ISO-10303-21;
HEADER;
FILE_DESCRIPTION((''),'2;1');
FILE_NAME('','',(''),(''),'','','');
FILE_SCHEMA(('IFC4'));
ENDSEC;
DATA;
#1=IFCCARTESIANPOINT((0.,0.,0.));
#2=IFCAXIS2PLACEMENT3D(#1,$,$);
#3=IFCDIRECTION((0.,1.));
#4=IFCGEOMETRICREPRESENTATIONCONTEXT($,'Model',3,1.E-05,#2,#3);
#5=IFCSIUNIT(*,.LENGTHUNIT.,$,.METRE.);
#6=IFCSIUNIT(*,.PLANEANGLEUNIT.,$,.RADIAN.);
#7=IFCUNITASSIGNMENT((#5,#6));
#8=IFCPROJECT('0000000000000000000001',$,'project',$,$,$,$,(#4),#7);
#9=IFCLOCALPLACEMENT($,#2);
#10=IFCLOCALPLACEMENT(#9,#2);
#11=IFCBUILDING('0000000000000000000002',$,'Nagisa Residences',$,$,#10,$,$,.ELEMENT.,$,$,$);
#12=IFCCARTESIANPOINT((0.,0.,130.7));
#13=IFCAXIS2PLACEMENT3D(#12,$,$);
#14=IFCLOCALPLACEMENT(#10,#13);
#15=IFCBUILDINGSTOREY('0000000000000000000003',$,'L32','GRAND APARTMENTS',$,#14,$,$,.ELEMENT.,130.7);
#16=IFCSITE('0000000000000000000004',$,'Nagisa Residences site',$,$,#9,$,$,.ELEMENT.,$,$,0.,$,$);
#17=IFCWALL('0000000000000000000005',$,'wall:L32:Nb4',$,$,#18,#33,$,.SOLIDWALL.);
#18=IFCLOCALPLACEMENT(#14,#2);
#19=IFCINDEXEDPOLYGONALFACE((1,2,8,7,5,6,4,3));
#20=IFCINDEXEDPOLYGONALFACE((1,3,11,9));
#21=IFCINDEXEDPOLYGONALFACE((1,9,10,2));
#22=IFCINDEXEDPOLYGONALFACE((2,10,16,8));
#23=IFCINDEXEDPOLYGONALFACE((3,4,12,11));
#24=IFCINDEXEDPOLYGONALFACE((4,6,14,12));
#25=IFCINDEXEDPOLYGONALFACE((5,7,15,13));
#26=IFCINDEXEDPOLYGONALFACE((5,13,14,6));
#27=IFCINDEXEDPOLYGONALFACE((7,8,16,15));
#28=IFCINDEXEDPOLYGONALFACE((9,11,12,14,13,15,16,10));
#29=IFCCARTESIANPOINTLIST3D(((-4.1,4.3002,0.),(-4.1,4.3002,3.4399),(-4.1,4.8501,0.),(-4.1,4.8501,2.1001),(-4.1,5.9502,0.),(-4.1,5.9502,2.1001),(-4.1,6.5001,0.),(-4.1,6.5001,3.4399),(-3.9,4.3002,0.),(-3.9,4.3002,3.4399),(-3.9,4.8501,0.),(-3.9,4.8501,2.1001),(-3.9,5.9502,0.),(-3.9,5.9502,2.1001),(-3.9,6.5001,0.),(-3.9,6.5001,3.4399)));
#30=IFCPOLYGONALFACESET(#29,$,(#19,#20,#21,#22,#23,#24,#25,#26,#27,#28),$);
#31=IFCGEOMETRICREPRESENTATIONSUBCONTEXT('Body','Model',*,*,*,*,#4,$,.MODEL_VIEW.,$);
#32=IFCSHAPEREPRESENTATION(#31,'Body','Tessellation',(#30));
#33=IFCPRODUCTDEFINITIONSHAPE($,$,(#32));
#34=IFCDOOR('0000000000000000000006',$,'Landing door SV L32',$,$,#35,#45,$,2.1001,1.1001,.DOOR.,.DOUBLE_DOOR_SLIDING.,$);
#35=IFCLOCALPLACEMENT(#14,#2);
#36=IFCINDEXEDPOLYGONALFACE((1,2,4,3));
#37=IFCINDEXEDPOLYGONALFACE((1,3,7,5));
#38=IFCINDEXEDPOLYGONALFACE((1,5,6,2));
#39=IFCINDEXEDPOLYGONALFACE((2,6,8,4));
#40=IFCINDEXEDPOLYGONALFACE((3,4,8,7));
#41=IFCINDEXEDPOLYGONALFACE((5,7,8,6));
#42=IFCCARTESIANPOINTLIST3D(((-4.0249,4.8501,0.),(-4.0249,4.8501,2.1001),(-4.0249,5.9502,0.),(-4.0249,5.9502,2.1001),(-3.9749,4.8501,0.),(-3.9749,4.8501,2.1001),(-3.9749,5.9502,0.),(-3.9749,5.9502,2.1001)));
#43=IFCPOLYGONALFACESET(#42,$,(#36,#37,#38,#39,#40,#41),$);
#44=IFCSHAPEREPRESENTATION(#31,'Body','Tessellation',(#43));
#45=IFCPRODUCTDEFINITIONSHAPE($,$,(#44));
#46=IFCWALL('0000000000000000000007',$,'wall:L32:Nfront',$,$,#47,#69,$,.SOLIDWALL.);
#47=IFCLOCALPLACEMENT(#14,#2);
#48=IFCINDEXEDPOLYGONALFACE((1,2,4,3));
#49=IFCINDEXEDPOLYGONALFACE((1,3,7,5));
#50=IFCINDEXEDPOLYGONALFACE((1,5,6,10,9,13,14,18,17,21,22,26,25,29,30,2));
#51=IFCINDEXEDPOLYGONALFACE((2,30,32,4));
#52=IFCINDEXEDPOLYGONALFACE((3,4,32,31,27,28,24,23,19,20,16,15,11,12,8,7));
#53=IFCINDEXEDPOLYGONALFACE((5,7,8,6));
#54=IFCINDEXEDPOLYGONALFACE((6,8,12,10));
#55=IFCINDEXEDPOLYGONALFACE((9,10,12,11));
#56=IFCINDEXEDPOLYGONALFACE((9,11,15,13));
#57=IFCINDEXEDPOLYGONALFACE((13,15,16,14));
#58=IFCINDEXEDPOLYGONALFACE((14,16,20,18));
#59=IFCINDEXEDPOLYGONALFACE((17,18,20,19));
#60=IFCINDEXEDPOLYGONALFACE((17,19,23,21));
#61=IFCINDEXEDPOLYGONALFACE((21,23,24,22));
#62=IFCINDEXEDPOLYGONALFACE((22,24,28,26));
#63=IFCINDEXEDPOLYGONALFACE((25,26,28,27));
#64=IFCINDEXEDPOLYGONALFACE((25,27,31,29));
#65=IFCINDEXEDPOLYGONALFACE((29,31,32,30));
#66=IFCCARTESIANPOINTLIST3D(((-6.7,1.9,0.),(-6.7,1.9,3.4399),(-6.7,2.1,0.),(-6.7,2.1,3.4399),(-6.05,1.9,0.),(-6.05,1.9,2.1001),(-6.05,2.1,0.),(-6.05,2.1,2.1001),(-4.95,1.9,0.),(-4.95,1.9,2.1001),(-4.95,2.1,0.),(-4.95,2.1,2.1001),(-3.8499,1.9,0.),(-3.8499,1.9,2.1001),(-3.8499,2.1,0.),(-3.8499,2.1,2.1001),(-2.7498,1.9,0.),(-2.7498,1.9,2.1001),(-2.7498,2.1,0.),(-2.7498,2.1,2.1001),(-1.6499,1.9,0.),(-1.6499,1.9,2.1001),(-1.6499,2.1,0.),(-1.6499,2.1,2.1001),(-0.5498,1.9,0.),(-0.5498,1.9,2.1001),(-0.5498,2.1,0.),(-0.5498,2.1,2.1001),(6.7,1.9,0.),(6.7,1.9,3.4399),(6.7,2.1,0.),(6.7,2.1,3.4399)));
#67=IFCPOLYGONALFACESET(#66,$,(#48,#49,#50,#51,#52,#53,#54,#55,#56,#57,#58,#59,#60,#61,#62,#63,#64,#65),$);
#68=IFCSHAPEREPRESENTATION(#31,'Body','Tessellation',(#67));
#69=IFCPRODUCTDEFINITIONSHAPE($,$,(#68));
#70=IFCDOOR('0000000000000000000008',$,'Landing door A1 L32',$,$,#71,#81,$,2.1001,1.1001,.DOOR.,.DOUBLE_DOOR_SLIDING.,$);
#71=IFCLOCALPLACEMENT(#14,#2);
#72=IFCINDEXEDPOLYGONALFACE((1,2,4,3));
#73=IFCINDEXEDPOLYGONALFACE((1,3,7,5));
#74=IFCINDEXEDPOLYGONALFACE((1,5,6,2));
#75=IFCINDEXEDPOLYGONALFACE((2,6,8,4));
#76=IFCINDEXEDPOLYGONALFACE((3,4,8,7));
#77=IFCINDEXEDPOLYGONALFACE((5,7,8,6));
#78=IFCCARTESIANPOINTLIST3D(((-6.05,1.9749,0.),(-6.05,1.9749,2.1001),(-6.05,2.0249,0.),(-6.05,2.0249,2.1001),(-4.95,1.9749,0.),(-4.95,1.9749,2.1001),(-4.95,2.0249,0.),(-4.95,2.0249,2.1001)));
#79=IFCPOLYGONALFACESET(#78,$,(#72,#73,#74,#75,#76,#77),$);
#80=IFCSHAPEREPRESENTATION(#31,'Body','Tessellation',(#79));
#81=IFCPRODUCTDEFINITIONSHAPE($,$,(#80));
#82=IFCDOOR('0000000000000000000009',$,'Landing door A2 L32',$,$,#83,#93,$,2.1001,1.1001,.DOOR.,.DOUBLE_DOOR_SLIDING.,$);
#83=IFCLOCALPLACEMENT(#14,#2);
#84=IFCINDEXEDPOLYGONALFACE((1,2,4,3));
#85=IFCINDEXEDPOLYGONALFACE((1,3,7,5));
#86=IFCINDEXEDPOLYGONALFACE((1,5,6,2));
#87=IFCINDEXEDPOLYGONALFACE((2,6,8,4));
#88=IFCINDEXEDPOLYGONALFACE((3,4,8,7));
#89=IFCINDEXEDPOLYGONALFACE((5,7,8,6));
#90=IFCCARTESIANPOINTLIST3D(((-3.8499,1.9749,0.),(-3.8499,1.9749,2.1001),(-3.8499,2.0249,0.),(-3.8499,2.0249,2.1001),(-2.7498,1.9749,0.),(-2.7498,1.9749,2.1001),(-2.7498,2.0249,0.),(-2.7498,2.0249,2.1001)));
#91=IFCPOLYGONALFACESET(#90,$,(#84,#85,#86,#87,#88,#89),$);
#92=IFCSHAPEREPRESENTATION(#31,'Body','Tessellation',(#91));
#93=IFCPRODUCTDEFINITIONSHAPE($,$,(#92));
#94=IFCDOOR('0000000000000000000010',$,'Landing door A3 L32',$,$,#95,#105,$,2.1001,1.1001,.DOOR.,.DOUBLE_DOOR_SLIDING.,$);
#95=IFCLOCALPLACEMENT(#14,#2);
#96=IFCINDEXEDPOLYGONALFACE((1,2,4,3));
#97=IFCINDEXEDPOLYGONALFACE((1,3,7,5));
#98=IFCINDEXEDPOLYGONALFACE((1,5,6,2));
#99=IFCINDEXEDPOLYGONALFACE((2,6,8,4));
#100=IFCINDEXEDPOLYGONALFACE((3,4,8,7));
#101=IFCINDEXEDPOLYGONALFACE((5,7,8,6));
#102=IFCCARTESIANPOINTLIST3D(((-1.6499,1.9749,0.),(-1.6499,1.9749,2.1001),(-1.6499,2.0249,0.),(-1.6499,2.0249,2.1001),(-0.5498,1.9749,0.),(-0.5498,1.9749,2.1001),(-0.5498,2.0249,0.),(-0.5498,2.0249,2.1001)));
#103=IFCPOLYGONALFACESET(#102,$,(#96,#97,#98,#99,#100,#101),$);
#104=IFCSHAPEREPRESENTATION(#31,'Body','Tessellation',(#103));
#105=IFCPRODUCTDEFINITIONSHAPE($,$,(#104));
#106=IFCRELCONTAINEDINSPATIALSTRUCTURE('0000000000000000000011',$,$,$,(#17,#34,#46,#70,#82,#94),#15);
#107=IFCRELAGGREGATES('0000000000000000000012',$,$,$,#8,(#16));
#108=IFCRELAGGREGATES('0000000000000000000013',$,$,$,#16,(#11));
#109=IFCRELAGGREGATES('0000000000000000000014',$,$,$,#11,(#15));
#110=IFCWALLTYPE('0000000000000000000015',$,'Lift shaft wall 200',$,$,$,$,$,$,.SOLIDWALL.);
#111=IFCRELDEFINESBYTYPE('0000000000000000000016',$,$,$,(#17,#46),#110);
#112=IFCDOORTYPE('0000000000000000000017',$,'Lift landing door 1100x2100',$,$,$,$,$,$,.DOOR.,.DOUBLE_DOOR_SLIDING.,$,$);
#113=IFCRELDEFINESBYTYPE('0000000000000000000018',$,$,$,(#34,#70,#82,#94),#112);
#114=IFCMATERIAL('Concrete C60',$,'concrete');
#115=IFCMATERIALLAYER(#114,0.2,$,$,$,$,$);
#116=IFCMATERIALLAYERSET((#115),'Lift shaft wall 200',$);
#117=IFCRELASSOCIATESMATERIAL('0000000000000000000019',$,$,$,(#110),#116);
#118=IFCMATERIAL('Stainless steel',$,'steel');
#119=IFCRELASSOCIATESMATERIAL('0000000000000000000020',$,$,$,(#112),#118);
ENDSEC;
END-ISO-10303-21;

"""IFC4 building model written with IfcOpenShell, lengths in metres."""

from ifc_helpers import new_model, si_unit, direction, frame, frame_2d, origin, place, context, subcontext, project, spatial, rectangle, extrude, material, layer, layer_set, type_object, element, fill, save


model = new_model("IFC4")

# Units and contexts
model_context = context("Model", 3, precision=1e-05, world=origin(), true_north=direction((0.0, 1.0)))
body_context = subcontext(model_context, "Body", "Model", "MODEL_VIEW")
ifc_project = project(units=[si_unit("LENGTHUNIT", "METRE"), si_unit("PLANEANGLEUNIT", "RADIAN")], contexts=[model_context])

# Site, building, storey
site_placement = place(None, origin())
site = spatial("IfcSite", under=ifc_project, at=site_placement, Name="Nagisa Residences site", CompositionType="ELEMENT", RefElevation=0.0)
building_placement = place(site_placement, origin())
building = spatial("IfcBuilding", under=site, at=building_placement, Name="Nagisa Residences", CompositionType="ELEMENT")
storey_placement = place(building_placement, frame((0.0, 0.0, 130.7)))
storey = spatial("IfcBuildingStorey", under=building, at=storey_placement, Name="L32", Description="GRAND APARTMENTS", CompositionType="ELEMENT", Elevation=130.7)

# Wall, opening, door
ifc_material_1 = material(Name="Concrete C60", Category="concrete")
ifc_layer_1 = layer(ifc_material_1, 0.2)
ifc_layer_set_1 = layer_set([ifc_layer_1], Name="Lift shaft wall 200")
wall_type_1 = type_object("IfcWallType", Name="Lift shaft wall 200", PredefinedType="SOLIDWALL", material=ifc_layer_set_1)
wall_1_placement = place(storey_placement, frame((-4.0, 4.3, 0.0), z_axis=(0.0, 0.0, 1.0), x_axis=(0.0, 1.0, 0.0)))
wall_1 = element("IfcWall", 1, at=wall_1_placement, inside=storey, type_object=wall_type_1, Name="wall:L32:Nb4", PredefinedType="SOLIDWALL", context=body_context, shape_type="SweptSolid", body=[
    extrude(rectangle(XDim=2.2, YDim=0.2, at=frame_2d((1.1001, 0.0))), origin(), (0.0, 0.0, 1.0), 3.4399),
])
opening_1_placement = place(wall_1_placement, frame((0.55, 0.0, 0.0)))
opening_1 = element("IfcOpeningElement", 2, at=opening_1_placement, cuts=wall_1, PredefinedType="OPENING", context=body_context, shape_type="SweptSolid", body=[
    extrude(rectangle(XDim=1.1001, YDim=2.1001, at=frame_2d((0.55, 1.05))), frame((0.0, 0.1099, 0.0), z_axis=(0.0, -1.0, 0.0), x_axis=(1.0, 0.0, 0.0)), (0.0, 0.0, 1.0), 0.22),
])
ifc_material_2 = material(Name="Stainless steel", Category="steel")
door_type_1 = type_object("IfcDoorType", Name="Lift landing door 1100x2100", OperationType="DOUBLE_DOOR_SLIDING", PredefinedType="DOOR", material=ifc_material_2)
door_1_placement = place(opening_1_placement, origin())
door_1 = element("IfcDoor", 3, at=door_1_placement, inside=storey, type_object=door_type_1, Name="Landing door SV L32", OperationType="DOUBLE_DOOR_SLIDING", OverallHeight=2.1001, OverallWidth=1.1001, PredefinedType="DOOR", context=body_context, shape_type="SweptSolid", body=[
    extrude(rectangle(XDim=1.1001, YDim=2.1001, at=frame_2d((0.55, 1.05))), frame((0.0, 0.0249, 0.0), z_axis=(0.0, -1.0, 0.0), x_axis=(1.0, 0.0, 0.0)), (0.0, 0.0, 1.0), 0.05),
])
fill(opening_1, door_1)

# Wall, openings, doors
wall_2_placement = place(storey_placement, frame((-6.7, 2.0, 0.0), z_axis=(0.0, 0.0, 1.0), x_axis=(1.0, 0.0, 0.0)))
wall_2 = element("IfcWall", 4, at=wall_2_placement, inside=storey, type_object=wall_type_1, Name="wall:L32:Nfront", PredefinedType="SOLIDWALL", context=body_context, shape_type="SweptSolid", body=[
    extrude(rectangle(XDim=13.3999, YDim=0.2, at=frame_2d((6.7, 0.0))), origin(), (0.0, 0.0, 1.0), 3.4399),
])
opening_2_placement = place(wall_2_placement, frame((0.6499, 0.0, 0.0)))
opening_2 = element("IfcOpeningElement", 5, at=opening_2_placement, cuts=wall_2, PredefinedType="OPENING", context=body_context, shape_type="SweptSolid", body=[
    extrude(rectangle(XDim=1.1001, YDim=2.1001, at=frame_2d((0.55, 1.05))), frame((0.0, 0.1099, 0.0), z_axis=(0.0, -1.0, 0.0), x_axis=(1.0, 0.0, 0.0)), (0.0, 0.0, 1.0), 0.22),
])
opening_3_placement = place(wall_2_placement, frame((2.8501, 0.0, 0.0)))
opening_3 = element("IfcOpeningElement", 6, at=opening_3_placement, cuts=wall_2, PredefinedType="OPENING", context=body_context, shape_type="SweptSolid", body=[
    extrude(rectangle(XDim=1.1001, YDim=2.1001, at=frame_2d((0.55, 1.05))), frame((0.0, 0.1099, 0.0), z_axis=(0.0, -1.0, 0.0), x_axis=(1.0, 0.0, 0.0)), (0.0, 0.0, 1.0), 0.22),
])
opening_4_placement = place(wall_2_placement, frame((5.05, 0.0, 0.0)))
opening_4 = element("IfcOpeningElement", 7, at=opening_4_placement, cuts=wall_2, PredefinedType="OPENING", context=body_context, shape_type="SweptSolid", body=[
    extrude(rectangle(XDim=1.1001, YDim=2.1001, at=frame_2d((0.55, 1.05))), frame((0.0, 0.1099, 0.0), z_axis=(0.0, -1.0, 0.0), x_axis=(1.0, 0.0, 0.0)), (0.0, 0.0, 1.0), 0.22),
])
door_2_placement = place(opening_2_placement, origin())
door_2 = element("IfcDoor", 8, at=door_2_placement, inside=storey, type_object=door_type_1, Name="Landing door A1 L32", OperationType="DOUBLE_DOOR_SLIDING", OverallHeight=2.1001, OverallWidth=1.1001, PredefinedType="DOOR", context=body_context, shape_type="SweptSolid", body=[
    extrude(rectangle(XDim=1.1001, YDim=2.1001, at=frame_2d((0.55, 1.05))), frame((0.0, 0.0249, 0.0), z_axis=(0.0, -1.0, 0.0), x_axis=(1.0, 0.0, 0.0)), (0.0, 0.0, 1.0), 0.05),
])
fill(opening_2, door_2)
door_3_placement = place(opening_3_placement, origin())
door_3 = element("IfcDoor", 9, at=door_3_placement, inside=storey, type_object=door_type_1, Name="Landing door A2 L32", OperationType="DOUBLE_DOOR_SLIDING", OverallHeight=2.1001, OverallWidth=1.1001, PredefinedType="DOOR", context=body_context, shape_type="SweptSolid", body=[
    extrude(rectangle(XDim=1.1001, YDim=2.1001, at=frame_2d((0.55, 1.05))), frame((0.0, 0.0249, 0.0), z_axis=(0.0, -1.0, 0.0), x_axis=(1.0, 0.0, 0.0)), (0.0, 0.0, 1.0), 0.05),
])
fill(opening_3, door_3)
door_4_placement = place(opening_4_placement, origin())
door_4 = element("IfcDoor", 10, at=door_4_placement, inside=storey, type_object=door_type_1, Name="Landing door A3 L32", OperationType="DOUBLE_DOOR_SLIDING", OverallHeight=2.1001, OverallWidth=1.1001, PredefinedType="DOOR", context=body_context, shape_type="SweptSolid", body=[
    extrude(rectangle(XDim=1.1001, YDim=2.1001, at=frame_2d((0.55, 1.05))), frame((0.0, 0.0249, 0.0), z_axis=(0.0, -1.0, 0.0), x_axis=(1.0, 0.0, 0.0)), (0.0, 0.0, 1.0), 0.05),
])
fill(opening_4, door_4)

save(model, "model.ifc")
